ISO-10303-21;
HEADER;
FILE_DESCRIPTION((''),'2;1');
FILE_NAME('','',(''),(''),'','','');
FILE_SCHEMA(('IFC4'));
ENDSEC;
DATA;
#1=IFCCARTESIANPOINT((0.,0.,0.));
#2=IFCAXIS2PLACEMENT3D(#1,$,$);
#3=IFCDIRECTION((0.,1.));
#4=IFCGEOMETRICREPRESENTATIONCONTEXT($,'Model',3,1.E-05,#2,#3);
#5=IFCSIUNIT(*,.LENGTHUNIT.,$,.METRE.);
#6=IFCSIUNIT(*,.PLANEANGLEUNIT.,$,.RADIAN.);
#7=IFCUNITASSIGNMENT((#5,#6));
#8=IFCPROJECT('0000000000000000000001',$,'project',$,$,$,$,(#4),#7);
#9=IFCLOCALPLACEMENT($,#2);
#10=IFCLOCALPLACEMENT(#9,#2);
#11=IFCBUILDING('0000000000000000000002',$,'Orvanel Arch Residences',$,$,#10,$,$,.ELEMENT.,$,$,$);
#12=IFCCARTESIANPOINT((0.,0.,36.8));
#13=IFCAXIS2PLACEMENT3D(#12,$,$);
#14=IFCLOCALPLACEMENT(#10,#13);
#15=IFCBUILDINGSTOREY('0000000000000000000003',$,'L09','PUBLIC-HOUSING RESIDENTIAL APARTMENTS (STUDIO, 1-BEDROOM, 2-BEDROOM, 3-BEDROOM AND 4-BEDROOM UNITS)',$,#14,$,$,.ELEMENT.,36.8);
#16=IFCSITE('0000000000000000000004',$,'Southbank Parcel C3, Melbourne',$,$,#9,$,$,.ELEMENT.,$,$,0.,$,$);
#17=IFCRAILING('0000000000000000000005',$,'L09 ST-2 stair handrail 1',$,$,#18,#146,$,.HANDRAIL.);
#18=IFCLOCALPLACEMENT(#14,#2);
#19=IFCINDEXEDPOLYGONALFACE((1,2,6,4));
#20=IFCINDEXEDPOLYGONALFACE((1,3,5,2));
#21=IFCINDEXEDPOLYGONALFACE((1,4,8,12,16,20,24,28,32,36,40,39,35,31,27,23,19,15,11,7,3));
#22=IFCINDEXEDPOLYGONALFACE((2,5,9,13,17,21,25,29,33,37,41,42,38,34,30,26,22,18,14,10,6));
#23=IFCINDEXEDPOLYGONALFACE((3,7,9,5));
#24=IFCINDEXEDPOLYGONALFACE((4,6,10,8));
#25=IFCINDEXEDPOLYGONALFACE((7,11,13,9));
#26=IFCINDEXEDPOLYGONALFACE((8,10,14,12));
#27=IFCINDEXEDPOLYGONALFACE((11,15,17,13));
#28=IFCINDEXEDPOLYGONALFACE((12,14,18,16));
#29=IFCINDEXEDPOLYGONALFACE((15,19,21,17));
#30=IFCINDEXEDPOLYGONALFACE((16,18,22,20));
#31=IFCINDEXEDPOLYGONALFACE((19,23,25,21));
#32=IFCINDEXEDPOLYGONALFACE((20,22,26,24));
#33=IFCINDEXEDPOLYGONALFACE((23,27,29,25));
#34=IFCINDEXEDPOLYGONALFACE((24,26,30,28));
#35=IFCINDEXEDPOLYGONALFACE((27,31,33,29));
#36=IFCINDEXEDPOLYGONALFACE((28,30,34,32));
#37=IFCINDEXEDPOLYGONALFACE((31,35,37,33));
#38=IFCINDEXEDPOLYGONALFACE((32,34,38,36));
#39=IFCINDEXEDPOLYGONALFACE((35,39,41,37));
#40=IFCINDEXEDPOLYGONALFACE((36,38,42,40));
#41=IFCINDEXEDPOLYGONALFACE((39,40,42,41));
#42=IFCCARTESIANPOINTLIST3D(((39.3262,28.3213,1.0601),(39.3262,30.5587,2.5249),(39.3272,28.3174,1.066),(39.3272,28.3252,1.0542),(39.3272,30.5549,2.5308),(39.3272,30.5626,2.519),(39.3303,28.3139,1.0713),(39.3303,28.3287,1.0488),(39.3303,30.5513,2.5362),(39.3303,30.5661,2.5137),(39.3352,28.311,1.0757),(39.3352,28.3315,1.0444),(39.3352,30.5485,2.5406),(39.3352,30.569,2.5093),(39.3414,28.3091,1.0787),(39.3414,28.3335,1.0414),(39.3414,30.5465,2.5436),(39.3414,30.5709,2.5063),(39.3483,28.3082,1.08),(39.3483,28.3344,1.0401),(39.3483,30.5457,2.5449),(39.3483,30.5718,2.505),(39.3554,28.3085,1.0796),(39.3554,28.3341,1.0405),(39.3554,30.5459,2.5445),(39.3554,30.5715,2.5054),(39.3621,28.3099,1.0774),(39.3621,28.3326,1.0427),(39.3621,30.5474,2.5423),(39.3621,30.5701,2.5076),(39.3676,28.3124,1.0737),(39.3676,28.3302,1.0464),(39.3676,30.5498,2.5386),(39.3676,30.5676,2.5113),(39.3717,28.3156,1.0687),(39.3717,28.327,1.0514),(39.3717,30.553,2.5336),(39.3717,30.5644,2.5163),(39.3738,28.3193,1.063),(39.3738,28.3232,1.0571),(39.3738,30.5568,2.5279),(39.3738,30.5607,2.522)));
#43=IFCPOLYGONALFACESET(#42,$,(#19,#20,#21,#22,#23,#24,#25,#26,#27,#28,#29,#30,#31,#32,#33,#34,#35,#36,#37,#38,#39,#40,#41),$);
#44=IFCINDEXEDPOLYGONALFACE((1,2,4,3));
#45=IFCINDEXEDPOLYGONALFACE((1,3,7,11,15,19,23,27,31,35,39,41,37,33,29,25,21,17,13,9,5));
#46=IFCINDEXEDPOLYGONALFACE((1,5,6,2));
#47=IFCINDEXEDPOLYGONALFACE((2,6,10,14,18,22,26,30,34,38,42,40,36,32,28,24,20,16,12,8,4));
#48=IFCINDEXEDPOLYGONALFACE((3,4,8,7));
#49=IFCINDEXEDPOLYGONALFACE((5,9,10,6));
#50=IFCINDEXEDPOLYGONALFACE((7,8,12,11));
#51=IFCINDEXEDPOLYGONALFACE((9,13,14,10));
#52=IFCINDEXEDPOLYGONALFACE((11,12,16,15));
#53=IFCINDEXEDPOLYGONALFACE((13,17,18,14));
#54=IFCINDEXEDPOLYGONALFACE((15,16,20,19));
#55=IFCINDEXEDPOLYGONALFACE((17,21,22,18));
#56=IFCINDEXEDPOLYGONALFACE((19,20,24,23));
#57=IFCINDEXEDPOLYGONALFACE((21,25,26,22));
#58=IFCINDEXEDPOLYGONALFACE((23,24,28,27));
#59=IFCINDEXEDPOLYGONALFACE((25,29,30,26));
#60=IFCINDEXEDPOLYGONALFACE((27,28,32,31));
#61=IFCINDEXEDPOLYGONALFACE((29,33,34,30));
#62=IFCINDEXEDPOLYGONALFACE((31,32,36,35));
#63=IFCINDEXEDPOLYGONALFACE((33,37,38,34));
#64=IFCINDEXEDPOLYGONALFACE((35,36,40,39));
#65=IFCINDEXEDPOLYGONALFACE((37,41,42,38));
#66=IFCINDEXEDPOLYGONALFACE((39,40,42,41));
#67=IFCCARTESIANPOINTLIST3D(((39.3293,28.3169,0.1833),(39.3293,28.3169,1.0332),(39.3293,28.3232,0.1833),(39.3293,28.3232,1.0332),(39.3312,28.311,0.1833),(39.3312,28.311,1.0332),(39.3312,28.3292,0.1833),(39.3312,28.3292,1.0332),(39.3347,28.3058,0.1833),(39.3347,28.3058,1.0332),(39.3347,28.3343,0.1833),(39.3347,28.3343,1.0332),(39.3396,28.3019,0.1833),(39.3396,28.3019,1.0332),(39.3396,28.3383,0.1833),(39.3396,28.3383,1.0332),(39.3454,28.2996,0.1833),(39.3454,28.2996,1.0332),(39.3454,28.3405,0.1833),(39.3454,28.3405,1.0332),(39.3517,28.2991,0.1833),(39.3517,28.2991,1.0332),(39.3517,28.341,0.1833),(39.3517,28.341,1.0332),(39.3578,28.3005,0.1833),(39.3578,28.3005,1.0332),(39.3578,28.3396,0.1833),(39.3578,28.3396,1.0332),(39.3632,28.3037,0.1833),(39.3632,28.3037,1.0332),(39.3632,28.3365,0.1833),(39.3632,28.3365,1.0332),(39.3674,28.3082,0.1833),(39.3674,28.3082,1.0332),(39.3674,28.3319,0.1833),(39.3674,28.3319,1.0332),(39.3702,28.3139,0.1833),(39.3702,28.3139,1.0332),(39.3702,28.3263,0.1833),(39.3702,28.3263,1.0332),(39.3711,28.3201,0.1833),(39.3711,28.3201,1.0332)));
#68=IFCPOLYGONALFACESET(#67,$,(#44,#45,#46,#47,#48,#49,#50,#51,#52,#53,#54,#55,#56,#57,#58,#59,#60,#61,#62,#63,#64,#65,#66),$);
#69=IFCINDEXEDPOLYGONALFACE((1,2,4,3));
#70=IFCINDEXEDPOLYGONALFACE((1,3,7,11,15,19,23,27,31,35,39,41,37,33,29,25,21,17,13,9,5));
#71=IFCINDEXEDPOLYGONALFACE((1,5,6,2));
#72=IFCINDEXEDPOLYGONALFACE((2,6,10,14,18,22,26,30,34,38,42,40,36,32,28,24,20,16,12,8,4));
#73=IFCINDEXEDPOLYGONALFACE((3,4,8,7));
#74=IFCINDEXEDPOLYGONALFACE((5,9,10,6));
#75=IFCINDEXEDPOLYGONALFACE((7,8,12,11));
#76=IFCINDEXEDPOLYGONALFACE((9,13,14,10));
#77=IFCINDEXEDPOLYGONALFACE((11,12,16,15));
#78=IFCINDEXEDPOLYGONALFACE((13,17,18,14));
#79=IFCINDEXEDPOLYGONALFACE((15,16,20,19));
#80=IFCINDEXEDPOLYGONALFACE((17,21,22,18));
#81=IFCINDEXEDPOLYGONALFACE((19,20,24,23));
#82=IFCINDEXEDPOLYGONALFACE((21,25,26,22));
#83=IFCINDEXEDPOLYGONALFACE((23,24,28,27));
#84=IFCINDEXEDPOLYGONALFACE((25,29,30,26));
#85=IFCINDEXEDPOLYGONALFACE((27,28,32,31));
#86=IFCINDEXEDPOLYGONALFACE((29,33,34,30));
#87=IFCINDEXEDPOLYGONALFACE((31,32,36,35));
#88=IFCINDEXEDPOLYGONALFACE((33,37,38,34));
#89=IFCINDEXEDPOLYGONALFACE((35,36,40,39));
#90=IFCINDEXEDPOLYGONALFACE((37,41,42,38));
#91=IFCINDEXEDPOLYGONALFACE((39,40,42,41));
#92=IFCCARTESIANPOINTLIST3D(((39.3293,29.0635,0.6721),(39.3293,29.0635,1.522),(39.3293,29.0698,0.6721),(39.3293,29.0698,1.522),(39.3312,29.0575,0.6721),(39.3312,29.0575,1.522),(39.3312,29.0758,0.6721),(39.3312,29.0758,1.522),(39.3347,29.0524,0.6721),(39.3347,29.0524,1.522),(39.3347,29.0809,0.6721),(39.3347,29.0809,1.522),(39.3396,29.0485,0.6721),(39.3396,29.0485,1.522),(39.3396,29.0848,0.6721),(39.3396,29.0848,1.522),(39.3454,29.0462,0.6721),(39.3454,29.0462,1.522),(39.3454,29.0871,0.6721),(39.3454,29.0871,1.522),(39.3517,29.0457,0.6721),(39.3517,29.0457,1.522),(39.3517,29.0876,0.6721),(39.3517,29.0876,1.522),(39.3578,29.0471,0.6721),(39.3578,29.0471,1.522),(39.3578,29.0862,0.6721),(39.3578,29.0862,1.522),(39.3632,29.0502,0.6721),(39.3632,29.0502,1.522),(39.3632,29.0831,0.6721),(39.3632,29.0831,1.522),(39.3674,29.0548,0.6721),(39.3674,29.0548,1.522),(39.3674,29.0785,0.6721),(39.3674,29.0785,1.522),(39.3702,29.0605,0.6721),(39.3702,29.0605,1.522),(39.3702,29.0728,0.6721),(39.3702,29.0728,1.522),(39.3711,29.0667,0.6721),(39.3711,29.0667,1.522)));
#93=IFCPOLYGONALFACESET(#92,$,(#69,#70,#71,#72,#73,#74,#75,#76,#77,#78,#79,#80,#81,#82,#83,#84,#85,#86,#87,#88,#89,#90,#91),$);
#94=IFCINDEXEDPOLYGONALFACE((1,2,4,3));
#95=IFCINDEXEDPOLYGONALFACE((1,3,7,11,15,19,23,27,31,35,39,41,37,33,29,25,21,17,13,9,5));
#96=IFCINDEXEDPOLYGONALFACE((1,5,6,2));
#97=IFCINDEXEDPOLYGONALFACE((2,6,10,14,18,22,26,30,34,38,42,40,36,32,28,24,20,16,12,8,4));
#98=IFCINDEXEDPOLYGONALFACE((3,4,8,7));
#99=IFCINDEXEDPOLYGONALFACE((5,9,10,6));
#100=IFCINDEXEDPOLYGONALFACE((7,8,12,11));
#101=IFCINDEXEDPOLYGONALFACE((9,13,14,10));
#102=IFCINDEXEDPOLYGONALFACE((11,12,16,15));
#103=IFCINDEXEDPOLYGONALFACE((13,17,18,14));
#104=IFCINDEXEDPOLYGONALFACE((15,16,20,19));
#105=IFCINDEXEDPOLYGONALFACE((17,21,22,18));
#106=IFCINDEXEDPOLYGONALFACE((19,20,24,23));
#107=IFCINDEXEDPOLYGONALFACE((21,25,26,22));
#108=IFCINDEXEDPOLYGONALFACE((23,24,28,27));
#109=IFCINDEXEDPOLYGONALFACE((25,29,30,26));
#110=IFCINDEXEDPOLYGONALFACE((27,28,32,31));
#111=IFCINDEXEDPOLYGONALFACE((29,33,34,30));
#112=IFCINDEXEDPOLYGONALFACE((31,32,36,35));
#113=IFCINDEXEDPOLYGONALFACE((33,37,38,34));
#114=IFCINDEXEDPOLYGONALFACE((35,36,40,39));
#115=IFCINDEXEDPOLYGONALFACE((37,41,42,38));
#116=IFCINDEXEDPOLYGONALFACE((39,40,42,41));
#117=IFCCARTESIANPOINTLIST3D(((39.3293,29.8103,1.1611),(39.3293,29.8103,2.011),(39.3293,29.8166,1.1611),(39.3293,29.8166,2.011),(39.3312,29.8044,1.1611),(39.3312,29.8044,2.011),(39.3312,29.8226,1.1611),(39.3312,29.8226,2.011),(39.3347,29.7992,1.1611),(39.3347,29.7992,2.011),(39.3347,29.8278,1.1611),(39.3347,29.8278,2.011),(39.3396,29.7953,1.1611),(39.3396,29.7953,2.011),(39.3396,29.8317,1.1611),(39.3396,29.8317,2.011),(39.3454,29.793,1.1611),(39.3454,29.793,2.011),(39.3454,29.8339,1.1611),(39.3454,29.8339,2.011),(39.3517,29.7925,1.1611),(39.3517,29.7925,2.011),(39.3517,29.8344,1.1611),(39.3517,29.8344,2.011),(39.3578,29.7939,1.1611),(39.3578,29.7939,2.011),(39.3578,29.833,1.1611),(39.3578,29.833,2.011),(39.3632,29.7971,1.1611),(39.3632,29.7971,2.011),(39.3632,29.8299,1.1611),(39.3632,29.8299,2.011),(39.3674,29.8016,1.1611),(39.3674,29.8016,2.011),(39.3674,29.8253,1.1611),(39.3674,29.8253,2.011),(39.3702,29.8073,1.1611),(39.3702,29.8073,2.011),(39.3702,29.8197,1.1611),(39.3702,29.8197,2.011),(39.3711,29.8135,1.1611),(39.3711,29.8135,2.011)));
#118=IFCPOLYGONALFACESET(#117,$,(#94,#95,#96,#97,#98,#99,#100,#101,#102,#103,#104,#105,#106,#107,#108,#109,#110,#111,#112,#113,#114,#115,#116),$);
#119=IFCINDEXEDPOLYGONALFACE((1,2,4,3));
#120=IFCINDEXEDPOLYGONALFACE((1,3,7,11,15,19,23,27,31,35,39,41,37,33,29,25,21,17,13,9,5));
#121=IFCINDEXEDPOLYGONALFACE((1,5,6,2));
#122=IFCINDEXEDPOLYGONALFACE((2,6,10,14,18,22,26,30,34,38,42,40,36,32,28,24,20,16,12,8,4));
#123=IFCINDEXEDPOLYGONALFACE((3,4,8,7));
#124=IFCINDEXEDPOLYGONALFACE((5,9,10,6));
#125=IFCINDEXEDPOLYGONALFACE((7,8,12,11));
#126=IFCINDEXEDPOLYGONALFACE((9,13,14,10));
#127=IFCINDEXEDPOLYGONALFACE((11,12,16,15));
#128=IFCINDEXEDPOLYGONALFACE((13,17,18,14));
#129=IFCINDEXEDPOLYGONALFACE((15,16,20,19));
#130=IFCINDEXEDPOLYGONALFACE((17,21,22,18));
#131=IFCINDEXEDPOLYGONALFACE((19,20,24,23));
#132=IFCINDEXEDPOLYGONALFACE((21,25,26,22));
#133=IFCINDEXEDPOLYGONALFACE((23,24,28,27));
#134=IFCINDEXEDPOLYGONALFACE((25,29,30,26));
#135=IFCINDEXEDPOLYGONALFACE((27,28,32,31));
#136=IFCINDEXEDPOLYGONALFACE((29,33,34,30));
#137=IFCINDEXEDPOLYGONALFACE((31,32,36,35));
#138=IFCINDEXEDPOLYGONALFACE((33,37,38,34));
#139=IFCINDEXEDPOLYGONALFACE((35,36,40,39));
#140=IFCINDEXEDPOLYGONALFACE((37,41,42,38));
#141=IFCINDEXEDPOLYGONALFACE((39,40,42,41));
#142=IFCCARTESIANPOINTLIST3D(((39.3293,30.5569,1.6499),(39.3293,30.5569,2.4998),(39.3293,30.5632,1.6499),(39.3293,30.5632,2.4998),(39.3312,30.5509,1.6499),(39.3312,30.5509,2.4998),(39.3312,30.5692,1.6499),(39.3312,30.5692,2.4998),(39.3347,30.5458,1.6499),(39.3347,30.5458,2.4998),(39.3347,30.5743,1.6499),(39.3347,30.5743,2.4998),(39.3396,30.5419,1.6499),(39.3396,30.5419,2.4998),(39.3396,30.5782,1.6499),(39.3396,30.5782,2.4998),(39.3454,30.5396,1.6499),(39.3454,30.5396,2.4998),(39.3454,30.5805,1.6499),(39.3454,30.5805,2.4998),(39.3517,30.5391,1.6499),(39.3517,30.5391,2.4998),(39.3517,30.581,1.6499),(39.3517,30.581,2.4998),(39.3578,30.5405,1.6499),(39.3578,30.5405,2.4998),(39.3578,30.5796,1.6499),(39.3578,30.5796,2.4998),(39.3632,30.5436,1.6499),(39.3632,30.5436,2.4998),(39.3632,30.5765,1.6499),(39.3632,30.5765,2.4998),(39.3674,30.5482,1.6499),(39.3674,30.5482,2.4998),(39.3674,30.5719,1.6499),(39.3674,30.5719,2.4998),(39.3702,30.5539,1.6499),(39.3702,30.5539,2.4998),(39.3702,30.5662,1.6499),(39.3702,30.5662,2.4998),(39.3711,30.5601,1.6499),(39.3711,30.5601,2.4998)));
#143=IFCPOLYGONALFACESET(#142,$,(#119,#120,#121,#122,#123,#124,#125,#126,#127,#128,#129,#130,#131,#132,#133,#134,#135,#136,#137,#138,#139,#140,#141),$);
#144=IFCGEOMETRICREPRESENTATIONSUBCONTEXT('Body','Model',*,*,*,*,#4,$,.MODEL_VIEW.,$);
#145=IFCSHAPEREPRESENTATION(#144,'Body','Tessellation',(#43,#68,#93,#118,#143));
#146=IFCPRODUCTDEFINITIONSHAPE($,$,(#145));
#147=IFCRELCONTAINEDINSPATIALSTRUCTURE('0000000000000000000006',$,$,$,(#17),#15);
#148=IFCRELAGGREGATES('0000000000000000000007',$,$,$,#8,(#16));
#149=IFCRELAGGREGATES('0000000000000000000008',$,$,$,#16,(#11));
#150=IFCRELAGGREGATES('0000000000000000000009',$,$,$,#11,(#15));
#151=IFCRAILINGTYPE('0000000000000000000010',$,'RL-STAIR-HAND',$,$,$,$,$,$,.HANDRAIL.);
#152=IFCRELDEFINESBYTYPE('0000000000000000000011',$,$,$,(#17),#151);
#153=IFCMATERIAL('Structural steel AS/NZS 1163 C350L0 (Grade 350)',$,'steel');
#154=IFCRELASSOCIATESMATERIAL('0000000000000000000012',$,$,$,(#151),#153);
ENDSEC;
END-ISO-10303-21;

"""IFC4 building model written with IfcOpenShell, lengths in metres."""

from ifc_helpers import new_model, si_unit, direction, frame, origin, origin_2d, place, context, subcontext, project, spatial, circle, extrude, material, type_object, element, save


model = new_model("IFC4")

# Units and contexts
model_context = context("Model", 3, precision=1e-05, world=origin(), true_north=direction((0.0, 1.0)))
body_context = subcontext(model_context, "Body", "Model", "MODEL_VIEW")
ifc_project = project(units=[si_unit("LENGTHUNIT", "METRE"), si_unit("PLANEANGLEUNIT", "RADIAN")], contexts=[model_context])

# Site, building, storey
site_placement = place(None, origin())
site = spatial("IfcSite", under=ifc_project, at=site_placement, Name="Southbank Parcel C3, Melbourne", CompositionType="ELEMENT", RefElevation=0.0)
building_placement = place(site_placement, origin())
building = spatial("IfcBuilding", under=site, at=building_placement, Name="Orvanel Arch Residences", CompositionType="ELEMENT")
storey_placement = place(building_placement, frame((0.0, 0.0, 36.8)))
storey = spatial("IfcBuildingStorey", under=building, at=storey_placement, Name="L09", Description="PUBLIC-HOUSING RESIDENTIAL APARTMENTS (STUDIO, 1-BEDROOM, 2-BEDROOM, 3-BEDROOM AND 4-BEDROOM UNITS)", CompositionType="ELEMENT", Elevation=36.8)

# Railing
ifc_material_1 = material(Name="Structural steel AS/NZS 1163 C350L0 (Grade 350)", Category="steel")
railing_type_1 = type_object("IfcRailingType", Name="RL-STAIR-HAND", PredefinedType="HANDRAIL", material=ifc_material_1)
railing_1_placement = place(storey_placement, frame((39.3501, 28.3201, 0.1833)))
element("IfcRailing", 1, at=railing_1_placement, inside=storey, type_object=railing_type_1, Name="L09 ST-2 stair handrail 1", PredefinedType="HANDRAIL", context=body_context, shape_type="SweptSolid", body=[
    extrude(circle(Radius=0.0239, at=origin_2d()), frame((0.0, 0.0012, 0.8767), z_axis=(0.0, 0.836637, 0.547758), x_axis=(-1.0, 0.0, 0.0)), (0.0, 0.0, 1.0), 2.6743),
    extrude(circle(Radius=0.021, at=origin_2d()), origin(), (0.0, 0.0, 1.0), 0.8499),
    extrude(circle(Radius=0.021, at=origin_2d()), frame((0.0, 0.7466, 0.4888)), (0.0, 0.0, 1.0), 0.8499),
    extrude(circle(Radius=0.021, at=origin_2d()), frame((0.0, 1.4934, 0.9778)), (0.0, 0.0, 1.0), 0.8499),
    extrude(circle(Radius=0.021, at=origin_2d()), frame((0.0, 2.24, 1.4666)), (0.0, 0.0, 1.0), 0.8499),
])

save(model, "model.ifc")
